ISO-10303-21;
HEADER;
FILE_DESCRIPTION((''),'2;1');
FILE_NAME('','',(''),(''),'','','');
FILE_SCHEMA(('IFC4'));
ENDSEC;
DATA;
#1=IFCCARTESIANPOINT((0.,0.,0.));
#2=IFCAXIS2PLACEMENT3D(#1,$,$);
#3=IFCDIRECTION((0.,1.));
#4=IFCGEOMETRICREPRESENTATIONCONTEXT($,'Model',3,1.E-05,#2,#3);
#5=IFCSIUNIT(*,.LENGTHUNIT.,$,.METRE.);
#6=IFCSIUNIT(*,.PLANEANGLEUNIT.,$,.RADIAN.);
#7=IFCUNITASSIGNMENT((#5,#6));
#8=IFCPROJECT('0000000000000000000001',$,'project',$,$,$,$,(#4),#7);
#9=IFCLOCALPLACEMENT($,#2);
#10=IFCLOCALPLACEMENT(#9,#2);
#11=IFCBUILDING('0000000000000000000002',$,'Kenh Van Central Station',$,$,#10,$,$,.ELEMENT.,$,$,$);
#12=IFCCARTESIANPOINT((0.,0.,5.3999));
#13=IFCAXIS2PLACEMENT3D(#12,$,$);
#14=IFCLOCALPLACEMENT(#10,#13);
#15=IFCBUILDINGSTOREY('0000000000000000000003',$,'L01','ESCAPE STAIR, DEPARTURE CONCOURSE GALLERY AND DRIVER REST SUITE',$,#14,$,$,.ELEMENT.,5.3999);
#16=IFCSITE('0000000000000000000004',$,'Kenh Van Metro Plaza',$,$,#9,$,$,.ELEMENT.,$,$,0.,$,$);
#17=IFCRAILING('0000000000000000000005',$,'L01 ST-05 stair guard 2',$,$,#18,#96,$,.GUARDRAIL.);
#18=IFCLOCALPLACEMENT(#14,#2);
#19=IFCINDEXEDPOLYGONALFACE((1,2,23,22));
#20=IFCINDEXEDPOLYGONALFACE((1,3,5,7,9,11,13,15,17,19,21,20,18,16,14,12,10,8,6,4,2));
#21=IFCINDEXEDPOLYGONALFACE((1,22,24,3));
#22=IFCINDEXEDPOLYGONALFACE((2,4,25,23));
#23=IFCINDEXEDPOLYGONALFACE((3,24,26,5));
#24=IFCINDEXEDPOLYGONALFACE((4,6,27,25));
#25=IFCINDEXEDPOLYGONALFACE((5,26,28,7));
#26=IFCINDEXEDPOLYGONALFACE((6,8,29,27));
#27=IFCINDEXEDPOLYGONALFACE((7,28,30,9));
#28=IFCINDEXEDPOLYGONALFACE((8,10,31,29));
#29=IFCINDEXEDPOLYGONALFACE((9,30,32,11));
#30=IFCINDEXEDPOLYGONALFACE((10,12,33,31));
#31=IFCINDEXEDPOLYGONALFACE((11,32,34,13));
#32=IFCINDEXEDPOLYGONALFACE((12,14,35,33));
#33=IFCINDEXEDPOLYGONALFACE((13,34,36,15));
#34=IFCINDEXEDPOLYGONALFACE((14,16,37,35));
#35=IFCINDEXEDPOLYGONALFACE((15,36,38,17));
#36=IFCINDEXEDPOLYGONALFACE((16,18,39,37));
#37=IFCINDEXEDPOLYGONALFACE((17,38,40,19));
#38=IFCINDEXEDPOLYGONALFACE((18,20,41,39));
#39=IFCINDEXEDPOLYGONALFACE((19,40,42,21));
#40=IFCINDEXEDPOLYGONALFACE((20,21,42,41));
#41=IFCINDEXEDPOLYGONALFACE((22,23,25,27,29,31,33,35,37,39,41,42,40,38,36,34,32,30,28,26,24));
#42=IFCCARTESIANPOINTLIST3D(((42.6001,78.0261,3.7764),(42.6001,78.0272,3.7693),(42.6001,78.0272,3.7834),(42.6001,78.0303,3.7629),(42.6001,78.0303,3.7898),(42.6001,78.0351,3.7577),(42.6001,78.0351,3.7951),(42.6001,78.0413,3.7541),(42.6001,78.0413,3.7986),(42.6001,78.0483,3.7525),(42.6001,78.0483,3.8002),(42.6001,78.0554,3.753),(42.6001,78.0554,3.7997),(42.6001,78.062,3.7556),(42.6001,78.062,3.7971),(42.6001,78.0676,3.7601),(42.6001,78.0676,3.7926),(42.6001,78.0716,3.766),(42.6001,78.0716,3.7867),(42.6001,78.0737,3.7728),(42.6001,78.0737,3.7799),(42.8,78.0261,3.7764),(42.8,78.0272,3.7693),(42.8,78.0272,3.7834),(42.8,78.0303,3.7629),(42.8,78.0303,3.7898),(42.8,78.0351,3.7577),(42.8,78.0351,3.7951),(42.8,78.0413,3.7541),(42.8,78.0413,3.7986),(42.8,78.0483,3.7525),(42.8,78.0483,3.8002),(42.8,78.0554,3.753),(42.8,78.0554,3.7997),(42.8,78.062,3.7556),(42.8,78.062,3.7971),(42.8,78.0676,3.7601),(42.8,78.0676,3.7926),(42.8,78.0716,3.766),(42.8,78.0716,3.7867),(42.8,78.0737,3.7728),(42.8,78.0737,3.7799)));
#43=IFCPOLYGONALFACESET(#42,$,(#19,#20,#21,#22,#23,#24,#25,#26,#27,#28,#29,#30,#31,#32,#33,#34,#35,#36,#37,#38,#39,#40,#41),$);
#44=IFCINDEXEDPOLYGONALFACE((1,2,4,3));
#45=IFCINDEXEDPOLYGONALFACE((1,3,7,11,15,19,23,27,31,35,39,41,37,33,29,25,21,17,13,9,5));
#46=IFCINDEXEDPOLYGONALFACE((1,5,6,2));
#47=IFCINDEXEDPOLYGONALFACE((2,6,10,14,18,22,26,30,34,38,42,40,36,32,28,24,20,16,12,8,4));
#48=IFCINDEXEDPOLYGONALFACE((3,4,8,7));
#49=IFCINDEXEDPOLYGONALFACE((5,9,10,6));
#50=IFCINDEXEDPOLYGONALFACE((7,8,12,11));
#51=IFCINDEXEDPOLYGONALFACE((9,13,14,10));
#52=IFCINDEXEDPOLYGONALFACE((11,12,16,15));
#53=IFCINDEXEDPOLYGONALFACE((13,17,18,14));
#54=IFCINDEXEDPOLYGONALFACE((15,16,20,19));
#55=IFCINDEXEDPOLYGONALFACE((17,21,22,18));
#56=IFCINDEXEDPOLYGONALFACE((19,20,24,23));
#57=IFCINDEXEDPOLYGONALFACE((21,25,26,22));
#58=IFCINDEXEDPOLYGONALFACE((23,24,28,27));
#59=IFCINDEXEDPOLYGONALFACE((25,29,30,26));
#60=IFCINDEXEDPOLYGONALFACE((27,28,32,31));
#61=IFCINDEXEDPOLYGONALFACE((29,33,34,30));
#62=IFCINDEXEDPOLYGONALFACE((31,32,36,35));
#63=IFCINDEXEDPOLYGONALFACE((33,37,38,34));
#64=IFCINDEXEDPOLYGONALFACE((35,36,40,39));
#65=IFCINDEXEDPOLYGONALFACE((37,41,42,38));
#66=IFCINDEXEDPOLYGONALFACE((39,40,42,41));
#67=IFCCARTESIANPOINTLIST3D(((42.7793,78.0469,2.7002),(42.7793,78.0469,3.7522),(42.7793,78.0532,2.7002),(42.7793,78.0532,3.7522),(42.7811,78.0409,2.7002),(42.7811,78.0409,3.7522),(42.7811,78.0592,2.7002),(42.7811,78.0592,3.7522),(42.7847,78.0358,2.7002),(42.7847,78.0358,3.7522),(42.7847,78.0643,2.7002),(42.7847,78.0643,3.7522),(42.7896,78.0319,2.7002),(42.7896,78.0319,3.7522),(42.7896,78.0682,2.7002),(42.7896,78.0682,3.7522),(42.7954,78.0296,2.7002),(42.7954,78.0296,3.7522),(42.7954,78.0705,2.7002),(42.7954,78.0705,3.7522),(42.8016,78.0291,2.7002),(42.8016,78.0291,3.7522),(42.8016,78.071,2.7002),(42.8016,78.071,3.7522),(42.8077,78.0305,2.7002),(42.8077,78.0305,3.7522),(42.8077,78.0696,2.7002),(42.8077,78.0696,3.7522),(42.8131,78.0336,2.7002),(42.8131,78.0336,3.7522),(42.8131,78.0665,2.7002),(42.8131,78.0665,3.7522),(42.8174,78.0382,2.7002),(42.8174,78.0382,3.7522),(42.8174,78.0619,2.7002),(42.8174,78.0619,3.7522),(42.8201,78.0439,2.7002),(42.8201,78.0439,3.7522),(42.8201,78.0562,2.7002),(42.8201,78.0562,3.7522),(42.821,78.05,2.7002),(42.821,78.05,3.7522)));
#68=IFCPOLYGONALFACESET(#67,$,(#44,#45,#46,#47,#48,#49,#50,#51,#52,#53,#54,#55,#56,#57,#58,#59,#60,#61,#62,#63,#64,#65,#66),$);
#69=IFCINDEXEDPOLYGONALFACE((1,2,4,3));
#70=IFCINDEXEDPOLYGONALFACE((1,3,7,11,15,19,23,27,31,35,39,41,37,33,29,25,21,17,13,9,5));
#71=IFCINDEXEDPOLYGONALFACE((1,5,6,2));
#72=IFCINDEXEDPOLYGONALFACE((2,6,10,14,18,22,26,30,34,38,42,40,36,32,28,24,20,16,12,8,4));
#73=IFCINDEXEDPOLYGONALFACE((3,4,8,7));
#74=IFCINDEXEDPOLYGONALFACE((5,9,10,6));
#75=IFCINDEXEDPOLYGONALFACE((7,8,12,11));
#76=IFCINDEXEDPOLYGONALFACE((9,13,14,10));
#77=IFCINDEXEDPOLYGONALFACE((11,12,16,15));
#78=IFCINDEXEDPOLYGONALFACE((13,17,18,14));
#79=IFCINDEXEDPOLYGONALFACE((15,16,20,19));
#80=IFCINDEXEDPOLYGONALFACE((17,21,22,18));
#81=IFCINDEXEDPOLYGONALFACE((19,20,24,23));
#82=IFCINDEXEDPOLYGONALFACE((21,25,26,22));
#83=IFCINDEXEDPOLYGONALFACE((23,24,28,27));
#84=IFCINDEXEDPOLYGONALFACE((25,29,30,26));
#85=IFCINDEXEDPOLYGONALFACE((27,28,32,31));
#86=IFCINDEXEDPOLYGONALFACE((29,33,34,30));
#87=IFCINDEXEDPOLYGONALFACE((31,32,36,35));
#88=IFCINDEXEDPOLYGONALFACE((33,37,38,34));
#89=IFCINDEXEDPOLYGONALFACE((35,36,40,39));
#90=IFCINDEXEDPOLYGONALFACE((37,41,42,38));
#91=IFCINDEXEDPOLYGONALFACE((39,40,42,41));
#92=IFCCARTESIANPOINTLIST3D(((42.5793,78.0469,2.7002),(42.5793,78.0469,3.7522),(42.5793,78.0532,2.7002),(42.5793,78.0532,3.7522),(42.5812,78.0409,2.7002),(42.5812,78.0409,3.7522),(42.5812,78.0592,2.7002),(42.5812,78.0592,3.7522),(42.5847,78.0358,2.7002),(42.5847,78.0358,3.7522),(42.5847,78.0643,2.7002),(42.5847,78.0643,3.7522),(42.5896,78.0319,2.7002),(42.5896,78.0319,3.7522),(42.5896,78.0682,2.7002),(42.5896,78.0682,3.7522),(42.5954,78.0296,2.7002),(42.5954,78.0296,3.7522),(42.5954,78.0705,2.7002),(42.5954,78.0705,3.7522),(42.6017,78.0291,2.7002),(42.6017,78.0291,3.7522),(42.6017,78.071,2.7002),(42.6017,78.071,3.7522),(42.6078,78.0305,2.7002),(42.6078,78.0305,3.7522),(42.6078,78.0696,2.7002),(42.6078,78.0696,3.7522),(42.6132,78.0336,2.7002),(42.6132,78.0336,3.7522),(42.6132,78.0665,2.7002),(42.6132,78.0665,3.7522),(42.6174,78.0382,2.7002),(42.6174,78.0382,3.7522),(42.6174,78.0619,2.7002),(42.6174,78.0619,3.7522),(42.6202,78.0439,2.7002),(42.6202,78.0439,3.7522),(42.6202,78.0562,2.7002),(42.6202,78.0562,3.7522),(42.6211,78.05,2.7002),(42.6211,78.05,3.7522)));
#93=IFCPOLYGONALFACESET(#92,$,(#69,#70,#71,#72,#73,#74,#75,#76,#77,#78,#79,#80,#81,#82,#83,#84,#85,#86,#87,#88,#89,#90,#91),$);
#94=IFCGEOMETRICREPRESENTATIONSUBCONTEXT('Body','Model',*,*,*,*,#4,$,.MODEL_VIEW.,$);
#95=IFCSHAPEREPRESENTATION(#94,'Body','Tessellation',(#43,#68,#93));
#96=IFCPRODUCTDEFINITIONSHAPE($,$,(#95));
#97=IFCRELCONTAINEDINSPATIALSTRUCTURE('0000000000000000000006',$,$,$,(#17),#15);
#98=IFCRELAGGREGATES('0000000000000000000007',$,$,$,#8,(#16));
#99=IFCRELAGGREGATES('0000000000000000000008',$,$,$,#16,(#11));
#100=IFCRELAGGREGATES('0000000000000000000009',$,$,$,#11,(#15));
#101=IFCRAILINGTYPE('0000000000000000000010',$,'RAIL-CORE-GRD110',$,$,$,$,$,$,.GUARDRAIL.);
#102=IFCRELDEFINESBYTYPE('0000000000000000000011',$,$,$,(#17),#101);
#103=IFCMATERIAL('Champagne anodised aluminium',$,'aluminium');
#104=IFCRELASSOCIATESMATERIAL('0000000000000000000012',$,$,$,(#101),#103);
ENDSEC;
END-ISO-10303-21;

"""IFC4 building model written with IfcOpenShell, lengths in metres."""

from ifc_helpers import new_model, si_unit, direction, frame, origin, origin_2d, place, context, subcontext, project, spatial, circle, extrude, material, type_object, element, save


model = new_model("IFC4")

# Units and contexts
model_context = context("Model", 3, precision=1e-05, world=origin(), true_north=direction((0.0, 1.0)))
body_context = subcontext(model_context, "Body", "Model", "MODEL_VIEW")
ifc_project = project(units=[si_unit("LENGTHUNIT", "METRE"), si_unit("PLANEANGLEUNIT", "RADIAN")], contexts=[model_context])

# Site, building, storey
site_placement = place(None, origin())
site = spatial("IfcSite", under=ifc_project, at=site_placement, Name="Kenh Van Metro Plaza", CompositionType="ELEMENT", RefElevation=0.0)
building_placement = place(site_placement, origin())
building = spatial("IfcBuilding", under=site, at=building_placement, Name="Kenh Van Central Station", CompositionType="ELEMENT")
storey_placement = place(building_placement, frame((0.0, 0.0, 5.3999)))
storey = spatial("IfcBuildingStorey", under=building, at=storey_placement, Name="L01", Description="ESCAPE STAIR, DEPARTURE CONCOURSE GALLERY AND DRIVER REST SUITE", CompositionType="ELEMENT", Elevation=5.3999)

# Shared definitions
ifc_material_1 = material(Name="Champagne anodised aluminium", Category="aluminium")

# Railing
railing_type_1 = type_object("IfcRailingType", Name="RAIL-CORE-GRD110", PredefinedType="GUARDRAIL", material=ifc_material_1)
railing_1_placement = place(storey_placement, frame((42.8, 78.05, 2.7002)))
element("IfcRailing", 1, at=railing_1_placement, inside=storey, type_object=railing_type_1, Name="L01 ST-05 stair guard 2", PredefinedType="GUARDRAIL", context=body_context, shape_type="SweptSolid", body=[
    extrude(circle(Radius=0.0239, at=origin_2d()), frame((0.0, 0.0, 1.0762), z_axis=(-1.0, 0.0, 0.0), x_axis=(0.0, -1.0, 0.0)), (0.0, 0.0, 1.0), 0.2),
    extrude(circle(Radius=0.021, at=origin_2d()), origin(), (0.0, 0.0, 1.0), 1.052),
    extrude(circle(Radius=0.021, at=origin_2d()), frame((-0.2, 0.0, 0.0)), (0.0, 0.0, 1.0), 1.052),
])

save(model, "model.ifc")
